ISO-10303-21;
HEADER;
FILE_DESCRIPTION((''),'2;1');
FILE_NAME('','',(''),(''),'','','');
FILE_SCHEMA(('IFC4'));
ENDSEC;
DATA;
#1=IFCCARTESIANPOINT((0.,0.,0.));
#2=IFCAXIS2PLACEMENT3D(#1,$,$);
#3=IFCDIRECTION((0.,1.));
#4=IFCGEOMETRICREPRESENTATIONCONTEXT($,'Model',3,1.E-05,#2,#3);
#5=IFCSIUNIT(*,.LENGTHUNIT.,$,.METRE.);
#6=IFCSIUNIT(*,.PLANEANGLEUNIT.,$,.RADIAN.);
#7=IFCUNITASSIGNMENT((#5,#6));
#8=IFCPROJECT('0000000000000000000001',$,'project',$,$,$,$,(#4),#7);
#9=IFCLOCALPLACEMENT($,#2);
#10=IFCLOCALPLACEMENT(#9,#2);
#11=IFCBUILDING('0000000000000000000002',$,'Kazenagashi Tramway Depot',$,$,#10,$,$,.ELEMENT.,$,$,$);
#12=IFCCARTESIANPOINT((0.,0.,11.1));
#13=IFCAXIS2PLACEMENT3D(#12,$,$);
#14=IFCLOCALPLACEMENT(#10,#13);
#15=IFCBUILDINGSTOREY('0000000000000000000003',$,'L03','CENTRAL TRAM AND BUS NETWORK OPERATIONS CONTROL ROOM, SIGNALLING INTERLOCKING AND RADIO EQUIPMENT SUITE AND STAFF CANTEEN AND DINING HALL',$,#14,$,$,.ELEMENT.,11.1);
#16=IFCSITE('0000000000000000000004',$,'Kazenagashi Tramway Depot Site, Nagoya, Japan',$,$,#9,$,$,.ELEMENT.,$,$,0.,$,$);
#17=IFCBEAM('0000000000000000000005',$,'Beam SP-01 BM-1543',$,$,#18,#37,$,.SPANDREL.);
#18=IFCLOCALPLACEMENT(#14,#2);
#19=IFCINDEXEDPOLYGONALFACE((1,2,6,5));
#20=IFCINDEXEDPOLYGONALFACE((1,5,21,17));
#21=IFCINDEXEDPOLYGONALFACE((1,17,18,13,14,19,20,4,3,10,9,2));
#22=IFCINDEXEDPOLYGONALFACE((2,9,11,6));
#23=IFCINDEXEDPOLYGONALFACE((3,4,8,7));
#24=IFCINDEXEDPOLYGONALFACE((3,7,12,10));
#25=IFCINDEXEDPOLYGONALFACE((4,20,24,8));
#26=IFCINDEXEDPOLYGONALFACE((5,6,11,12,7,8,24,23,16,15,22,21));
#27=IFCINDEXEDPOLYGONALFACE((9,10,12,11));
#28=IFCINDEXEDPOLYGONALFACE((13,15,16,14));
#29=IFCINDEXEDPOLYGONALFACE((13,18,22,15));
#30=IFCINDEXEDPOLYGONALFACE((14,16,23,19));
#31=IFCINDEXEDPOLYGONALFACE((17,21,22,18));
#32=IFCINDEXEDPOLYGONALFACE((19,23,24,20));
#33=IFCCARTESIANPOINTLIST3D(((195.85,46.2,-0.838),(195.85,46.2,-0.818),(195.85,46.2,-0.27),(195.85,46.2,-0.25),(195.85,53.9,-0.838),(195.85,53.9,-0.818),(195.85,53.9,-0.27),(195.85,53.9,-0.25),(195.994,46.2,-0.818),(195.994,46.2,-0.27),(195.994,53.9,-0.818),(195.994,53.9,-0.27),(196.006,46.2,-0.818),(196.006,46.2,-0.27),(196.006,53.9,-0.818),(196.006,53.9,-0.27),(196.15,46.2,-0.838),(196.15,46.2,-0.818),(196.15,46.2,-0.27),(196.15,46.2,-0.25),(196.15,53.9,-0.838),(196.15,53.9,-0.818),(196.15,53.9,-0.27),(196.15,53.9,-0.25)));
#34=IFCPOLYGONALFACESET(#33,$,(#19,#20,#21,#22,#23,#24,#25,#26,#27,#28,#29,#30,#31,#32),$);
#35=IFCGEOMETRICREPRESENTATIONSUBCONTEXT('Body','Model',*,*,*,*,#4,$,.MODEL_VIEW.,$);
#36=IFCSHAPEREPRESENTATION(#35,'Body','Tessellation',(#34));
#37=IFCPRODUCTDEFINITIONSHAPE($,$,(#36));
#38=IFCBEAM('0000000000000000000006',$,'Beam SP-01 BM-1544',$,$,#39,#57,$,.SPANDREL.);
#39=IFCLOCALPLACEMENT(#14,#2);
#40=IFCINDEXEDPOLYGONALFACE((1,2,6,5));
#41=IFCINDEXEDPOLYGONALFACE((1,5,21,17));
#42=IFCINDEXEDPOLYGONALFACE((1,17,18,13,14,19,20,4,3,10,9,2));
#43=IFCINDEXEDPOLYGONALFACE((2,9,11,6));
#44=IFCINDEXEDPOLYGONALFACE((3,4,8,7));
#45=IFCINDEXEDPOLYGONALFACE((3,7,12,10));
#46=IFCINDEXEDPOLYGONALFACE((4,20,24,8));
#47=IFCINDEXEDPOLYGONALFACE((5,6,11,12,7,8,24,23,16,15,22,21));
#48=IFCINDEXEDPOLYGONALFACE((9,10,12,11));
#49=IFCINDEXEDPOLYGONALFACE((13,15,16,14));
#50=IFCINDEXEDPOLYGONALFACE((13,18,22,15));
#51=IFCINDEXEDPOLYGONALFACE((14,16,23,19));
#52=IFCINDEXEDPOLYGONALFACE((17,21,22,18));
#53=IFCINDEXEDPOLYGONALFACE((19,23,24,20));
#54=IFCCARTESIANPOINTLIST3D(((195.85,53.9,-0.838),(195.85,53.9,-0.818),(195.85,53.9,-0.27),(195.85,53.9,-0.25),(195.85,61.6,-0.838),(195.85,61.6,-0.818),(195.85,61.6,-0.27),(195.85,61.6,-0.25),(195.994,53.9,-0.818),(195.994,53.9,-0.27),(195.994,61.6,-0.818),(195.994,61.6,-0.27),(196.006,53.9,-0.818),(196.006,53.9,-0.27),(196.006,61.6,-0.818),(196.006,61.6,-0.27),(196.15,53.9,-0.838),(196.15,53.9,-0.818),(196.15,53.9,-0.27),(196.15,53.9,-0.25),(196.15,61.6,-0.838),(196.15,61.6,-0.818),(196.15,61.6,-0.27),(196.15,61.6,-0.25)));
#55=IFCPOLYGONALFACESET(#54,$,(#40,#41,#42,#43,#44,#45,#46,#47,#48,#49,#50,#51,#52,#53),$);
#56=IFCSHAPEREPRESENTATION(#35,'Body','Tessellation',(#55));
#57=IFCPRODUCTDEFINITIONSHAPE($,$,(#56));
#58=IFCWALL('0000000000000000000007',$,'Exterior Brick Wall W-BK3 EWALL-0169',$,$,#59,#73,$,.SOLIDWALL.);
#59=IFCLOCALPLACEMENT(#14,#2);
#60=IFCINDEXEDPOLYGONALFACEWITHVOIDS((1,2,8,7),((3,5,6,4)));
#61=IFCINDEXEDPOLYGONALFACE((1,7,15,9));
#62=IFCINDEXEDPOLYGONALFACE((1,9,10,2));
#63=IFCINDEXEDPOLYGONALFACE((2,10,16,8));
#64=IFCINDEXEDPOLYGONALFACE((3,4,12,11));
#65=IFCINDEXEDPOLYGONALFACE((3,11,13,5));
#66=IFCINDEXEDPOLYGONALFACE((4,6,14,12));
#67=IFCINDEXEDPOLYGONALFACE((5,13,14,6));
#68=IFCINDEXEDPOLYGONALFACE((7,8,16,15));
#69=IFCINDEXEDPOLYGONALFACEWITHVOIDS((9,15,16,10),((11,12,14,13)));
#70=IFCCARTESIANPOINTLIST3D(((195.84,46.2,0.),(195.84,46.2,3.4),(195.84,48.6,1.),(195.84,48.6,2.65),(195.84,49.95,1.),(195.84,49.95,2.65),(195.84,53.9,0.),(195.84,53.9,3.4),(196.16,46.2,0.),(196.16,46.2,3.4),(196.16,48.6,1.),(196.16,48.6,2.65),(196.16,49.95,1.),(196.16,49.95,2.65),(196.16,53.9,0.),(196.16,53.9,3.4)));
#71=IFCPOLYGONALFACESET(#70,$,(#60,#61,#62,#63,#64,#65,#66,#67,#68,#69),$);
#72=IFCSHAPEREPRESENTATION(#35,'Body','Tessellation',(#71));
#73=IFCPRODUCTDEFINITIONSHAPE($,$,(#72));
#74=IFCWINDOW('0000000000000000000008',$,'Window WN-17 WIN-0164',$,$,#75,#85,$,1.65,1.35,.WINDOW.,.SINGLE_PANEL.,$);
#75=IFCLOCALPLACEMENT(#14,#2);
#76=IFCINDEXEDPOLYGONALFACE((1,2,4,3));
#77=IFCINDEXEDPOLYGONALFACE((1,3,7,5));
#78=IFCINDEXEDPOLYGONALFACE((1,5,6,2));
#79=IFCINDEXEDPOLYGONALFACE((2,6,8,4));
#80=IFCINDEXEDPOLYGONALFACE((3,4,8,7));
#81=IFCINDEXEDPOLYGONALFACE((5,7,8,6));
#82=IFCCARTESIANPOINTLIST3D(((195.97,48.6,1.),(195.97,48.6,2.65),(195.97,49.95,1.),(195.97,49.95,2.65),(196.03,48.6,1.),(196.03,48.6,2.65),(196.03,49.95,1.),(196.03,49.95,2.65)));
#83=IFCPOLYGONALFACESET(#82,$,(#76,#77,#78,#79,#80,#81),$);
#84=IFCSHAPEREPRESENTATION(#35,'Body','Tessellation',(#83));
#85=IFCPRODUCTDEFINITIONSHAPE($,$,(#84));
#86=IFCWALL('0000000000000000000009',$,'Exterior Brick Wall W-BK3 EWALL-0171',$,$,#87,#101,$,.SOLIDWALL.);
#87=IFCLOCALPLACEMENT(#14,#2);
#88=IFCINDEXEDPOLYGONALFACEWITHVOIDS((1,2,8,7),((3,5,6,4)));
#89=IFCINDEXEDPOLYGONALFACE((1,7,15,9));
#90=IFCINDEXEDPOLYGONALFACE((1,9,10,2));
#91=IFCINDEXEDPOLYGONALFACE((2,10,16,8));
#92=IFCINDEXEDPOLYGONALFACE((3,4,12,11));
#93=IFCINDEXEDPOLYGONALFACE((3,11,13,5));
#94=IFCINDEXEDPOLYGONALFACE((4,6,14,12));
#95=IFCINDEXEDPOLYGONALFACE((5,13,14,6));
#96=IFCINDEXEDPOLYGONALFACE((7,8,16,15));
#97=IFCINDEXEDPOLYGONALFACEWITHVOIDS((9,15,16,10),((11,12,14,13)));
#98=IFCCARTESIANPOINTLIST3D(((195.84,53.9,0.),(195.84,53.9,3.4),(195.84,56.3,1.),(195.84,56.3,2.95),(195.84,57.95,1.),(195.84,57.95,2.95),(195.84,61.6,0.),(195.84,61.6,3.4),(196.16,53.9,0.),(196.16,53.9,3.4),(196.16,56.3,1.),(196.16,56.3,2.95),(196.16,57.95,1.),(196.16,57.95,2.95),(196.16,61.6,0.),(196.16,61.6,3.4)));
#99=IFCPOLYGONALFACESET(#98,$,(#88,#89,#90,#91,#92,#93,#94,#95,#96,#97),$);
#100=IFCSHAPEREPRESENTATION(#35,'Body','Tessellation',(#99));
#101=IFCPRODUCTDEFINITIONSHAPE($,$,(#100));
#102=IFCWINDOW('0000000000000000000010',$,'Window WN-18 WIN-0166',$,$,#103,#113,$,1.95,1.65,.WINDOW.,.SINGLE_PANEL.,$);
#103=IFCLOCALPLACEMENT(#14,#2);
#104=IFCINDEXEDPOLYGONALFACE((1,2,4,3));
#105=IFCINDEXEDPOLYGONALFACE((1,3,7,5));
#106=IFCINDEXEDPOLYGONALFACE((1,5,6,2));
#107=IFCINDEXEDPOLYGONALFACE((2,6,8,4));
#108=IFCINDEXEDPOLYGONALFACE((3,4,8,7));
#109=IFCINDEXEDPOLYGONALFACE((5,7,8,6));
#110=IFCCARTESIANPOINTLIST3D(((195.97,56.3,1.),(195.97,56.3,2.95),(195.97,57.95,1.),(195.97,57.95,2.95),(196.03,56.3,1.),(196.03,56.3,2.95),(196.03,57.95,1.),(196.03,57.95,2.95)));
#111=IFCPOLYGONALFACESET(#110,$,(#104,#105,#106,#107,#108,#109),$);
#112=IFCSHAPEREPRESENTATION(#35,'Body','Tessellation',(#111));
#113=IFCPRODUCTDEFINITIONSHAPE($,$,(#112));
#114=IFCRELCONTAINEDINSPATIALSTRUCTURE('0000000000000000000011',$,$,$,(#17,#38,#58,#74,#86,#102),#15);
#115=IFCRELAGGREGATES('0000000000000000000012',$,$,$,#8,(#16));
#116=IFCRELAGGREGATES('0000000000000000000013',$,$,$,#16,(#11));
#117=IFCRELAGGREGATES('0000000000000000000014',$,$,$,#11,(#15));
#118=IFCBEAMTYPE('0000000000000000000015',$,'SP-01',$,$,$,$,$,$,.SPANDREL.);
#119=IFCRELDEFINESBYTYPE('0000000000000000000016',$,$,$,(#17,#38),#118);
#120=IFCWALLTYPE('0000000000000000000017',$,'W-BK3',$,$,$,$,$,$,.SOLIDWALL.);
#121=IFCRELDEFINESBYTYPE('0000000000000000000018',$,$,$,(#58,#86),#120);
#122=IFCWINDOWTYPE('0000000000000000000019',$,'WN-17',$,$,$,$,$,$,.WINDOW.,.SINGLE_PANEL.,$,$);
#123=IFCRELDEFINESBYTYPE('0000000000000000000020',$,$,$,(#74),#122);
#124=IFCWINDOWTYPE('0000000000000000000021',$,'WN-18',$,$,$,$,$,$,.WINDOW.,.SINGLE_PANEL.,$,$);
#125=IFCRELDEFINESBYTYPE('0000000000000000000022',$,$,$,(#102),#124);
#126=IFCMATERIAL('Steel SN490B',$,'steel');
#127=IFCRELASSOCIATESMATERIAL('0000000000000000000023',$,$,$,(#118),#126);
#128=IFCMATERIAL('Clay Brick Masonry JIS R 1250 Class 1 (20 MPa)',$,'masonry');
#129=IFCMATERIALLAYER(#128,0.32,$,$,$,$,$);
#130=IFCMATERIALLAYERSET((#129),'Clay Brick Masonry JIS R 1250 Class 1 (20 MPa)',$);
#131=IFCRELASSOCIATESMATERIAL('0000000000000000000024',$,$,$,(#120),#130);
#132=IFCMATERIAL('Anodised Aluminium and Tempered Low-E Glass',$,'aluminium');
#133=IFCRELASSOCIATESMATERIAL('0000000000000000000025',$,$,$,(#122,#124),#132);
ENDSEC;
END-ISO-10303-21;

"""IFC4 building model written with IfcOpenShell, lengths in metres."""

from ifc_helpers import new_model, si_unit, direction, frame, frame_2d, origin, origin_2d, place, context, subcontext, project, spatial, rectangle, i_section, extrude, material, layer, layer_set, material_profile, profile_set, type_object, element, fill, save


model = new_model("IFC4")

# Units and contexts
model_context = context("Model", 3, precision=1e-05, world=origin(), true_north=direction((0.0, 1.0)))
body_context = subcontext(model_context, "Body", "Model", "MODEL_VIEW")
ifc_project = project(units=[si_unit("LENGTHUNIT", "METRE"), si_unit("PLANEANGLEUNIT", "RADIAN")], contexts=[model_context])

# Site, building, storey
site_placement = place(None, origin())
site = spatial("IfcSite", under=ifc_project, at=site_placement, Name="Kazenagashi Tramway Depot Site, Nagoya, Japan", CompositionType="ELEMENT", RefElevation=0.0)
building_placement = place(site_placement, origin())
building = spatial("IfcBuilding", under=site, at=building_placement, Name="Kazenagashi Tramway Depot", CompositionType="ELEMENT")
storey_placement = place(building_placement, frame((0.0, 0.0, 11.1)))
storey = spatial("IfcBuildingStorey", under=building, at=storey_placement, Name="L03", Description="CENTRAL TRAM AND BUS NETWORK OPERATIONS CONTROL ROOM, SIGNALLING INTERLOCKING AND RADIO EQUIPMENT SUITE AND STAFF CANTEEN AND DINING HALL", CompositionType="ELEMENT", Elevation=11.1)

# Shared definitions
ifc_material_1 = material(Name="Steel SN490B", Category="steel")

# Beams
ifc_material_profile_1 = material_profile(ifc_material_1, i_section(OverallWidth=0.3, OverallDepth=0.588, WebThickness=0.012, FlangeThickness=0.02, at=origin_2d()), Name="H-588x300x12x20")
ifc_profile_set_1 = profile_set([ifc_material_profile_1], Name="Steel SN490B")
beam_type_1 = type_object("IfcBeamType", Name="SP-01", PredefinedType="SPANDREL", material=ifc_profile_set_1)
for number, where, z_axis, x_axis, name in (
    (1, (196.0, 46.2, -0.544), (0.0, 1.0, 0.0), (-1.0, 0.0, 0.0), "Beam SP-01 BM-1543"),
    (2, (196.0, 53.9, -0.544), (0.0, 1.0, 0.0), (-1.0, 0.0, 0.0), "Beam SP-01 BM-1544"),
):
    element("IfcBeam", number, at=place(storey_placement, frame(where, z_axis=z_axis, x_axis=x_axis)), inside=storey, type_object=beam_type_1, Name=name, PredefinedType="SPANDREL", context=body_context, shape_type="SweptSolid", body=[
        extrude(i_section(OverallWidth=0.3, OverallDepth=0.588, WebThickness=0.012, FlangeThickness=0.02, at=origin_2d()), origin(), (0.0, 0.0, 1.0), 7.7),
    ])

# Walls, openings, windows
ifc_material_2 = material(Name="Clay Brick Masonry JIS R 1250 Class 1 (20 MPa)", Category="masonry")
ifc_layer = layer(ifc_material_2, 0.32)
ifc_layer_set = layer_set([ifc_layer], Name="Clay Brick Masonry JIS R 1250 Class 1 (20 MPa)")
wall_type = type_object("IfcWallType", Name="W-BK3", PredefinedType="SOLIDWALL", material=ifc_layer_set)
wall_1_placement = place(storey_placement, frame((196.0, 46.2, 0.0), z_axis=(0.0, 0.0, 1.0), x_axis=(0.0, 1.0, 0.0)))
wall_1 = element("IfcWall", 3, at=wall_1_placement, inside=storey, type_object=wall_type, Name="Exterior Brick Wall W-BK3 EWALL-0169", PredefinedType="SOLIDWALL", context=body_context, shape_type="SweptSolid", body=[
    extrude(rectangle(XDim=7.7, YDim=0.32, at=frame_2d((3.85, 0.0))), origin(), (0.0, 0.0, 1.0), 3.4),
])
opening_1_placement = place(wall_1_placement, frame((2.4, 0.0, 1.0)))
opening_1 = element("IfcOpeningElement", 4, at=opening_1_placement, cuts=wall_1, PredefinedType="OPENING", context=body_context, shape_type="SweptSolid", body=[
    extrude(rectangle(XDim=1.35, YDim=1.65, at=frame_2d((0.675, 0.825))), frame((0.0, 0.17, 0.0), z_axis=(0.0, -1.0, 0.0), x_axis=(1.0, 0.0, 0.0)), (0.0, 0.0, 1.0), 0.34),
])
ifc_material_3 = material(Name="Anodised Aluminium and Tempered Low-E Glass", Category="aluminium")
window_type_1 = type_object("IfcWindowType", Name="WN-17", PartitioningType="SINGLE_PANEL", PredefinedType="WINDOW", material=ifc_material_3)
window_1_placement = place(opening_1_placement, origin())
window_1 = element("IfcWindow", 5, at=window_1_placement, inside=storey, type_object=window_type_1, Name="Window WN-17 WIN-0164", OverallHeight=1.65, OverallWidth=1.35, PartitioningType="SINGLE_PANEL", PredefinedType="WINDOW", context=body_context, shape_type="SweptSolid", body=[
    extrude(rectangle(XDim=1.35, YDim=1.65, at=frame_2d((0.675, 0.825))), frame((0.0, 0.03, 0.0), z_axis=(0.0, -1.0, 0.0), x_axis=(1.0, 0.0, 0.0)), (0.0, 0.0, 1.0), 0.06),
])
fill(opening_1, window_1)
wall_2_placement = place(storey_placement, frame((196.0, 53.9, 0.0), z_axis=(0.0, 0.0, 1.0), x_axis=(0.0, 1.0, 0.0)))
wall_2 = element("IfcWall", 6, at=wall_2_placement, inside=storey, type_object=wall_type, Name="Exterior Brick Wall W-BK3 EWALL-0171", PredefinedType="SOLIDWALL", context=body_context, shape_type="SweptSolid", body=[
    extrude(rectangle(XDim=7.7, YDim=0.32, at=frame_2d((3.85, 0.0))), origin(), (0.0, 0.0, 1.0), 3.4),
])
opening_2_placement = place(wall_2_placement, frame((2.4, 0.0, 1.0)))
opening_2 = element("IfcOpeningElement", 7, at=opening_2_placement, cuts=wall_2, PredefinedType="OPENING", context=body_context, shape_type="SweptSolid", body=[
    extrude(rectangle(XDim=1.65, YDim=1.95, at=frame_2d((0.825, 0.975))), frame((0.0, 0.17, 0.0), z_axis=(0.0, -1.0, 0.0), x_axis=(1.0, 0.0, 0.0)), (0.0, 0.0, 1.0), 0.34),
])
window_type_2 = type_object("IfcWindowType", Name="WN-18", PartitioningType="SINGLE_PANEL", PredefinedType="WINDOW", material=ifc_material_3)
window_2_placement = place(opening_2_placement, origin())
window_2 = element("IfcWindow", 8, at=window_2_placement, inside=storey, type_object=window_type_2, Name="Window WN-18 WIN-0166", OverallHeight=1.95, OverallWidth=1.65, PartitioningType="SINGLE_PANEL", PredefinedType="WINDOW", context=body_context, shape_type="SweptSolid", body=[
    extrude(rectangle(XDim=1.65, YDim=1.95, at=frame_2d((0.825, 0.975))), frame((0.0, 0.03, 0.0), z_axis=(0.0, -1.0, 0.0), x_axis=(1.0, 0.0, 0.0)), (0.0, 0.0, 1.0), 0.06),
])
fill(opening_2, window_2)

save(model, "model.ifc")
